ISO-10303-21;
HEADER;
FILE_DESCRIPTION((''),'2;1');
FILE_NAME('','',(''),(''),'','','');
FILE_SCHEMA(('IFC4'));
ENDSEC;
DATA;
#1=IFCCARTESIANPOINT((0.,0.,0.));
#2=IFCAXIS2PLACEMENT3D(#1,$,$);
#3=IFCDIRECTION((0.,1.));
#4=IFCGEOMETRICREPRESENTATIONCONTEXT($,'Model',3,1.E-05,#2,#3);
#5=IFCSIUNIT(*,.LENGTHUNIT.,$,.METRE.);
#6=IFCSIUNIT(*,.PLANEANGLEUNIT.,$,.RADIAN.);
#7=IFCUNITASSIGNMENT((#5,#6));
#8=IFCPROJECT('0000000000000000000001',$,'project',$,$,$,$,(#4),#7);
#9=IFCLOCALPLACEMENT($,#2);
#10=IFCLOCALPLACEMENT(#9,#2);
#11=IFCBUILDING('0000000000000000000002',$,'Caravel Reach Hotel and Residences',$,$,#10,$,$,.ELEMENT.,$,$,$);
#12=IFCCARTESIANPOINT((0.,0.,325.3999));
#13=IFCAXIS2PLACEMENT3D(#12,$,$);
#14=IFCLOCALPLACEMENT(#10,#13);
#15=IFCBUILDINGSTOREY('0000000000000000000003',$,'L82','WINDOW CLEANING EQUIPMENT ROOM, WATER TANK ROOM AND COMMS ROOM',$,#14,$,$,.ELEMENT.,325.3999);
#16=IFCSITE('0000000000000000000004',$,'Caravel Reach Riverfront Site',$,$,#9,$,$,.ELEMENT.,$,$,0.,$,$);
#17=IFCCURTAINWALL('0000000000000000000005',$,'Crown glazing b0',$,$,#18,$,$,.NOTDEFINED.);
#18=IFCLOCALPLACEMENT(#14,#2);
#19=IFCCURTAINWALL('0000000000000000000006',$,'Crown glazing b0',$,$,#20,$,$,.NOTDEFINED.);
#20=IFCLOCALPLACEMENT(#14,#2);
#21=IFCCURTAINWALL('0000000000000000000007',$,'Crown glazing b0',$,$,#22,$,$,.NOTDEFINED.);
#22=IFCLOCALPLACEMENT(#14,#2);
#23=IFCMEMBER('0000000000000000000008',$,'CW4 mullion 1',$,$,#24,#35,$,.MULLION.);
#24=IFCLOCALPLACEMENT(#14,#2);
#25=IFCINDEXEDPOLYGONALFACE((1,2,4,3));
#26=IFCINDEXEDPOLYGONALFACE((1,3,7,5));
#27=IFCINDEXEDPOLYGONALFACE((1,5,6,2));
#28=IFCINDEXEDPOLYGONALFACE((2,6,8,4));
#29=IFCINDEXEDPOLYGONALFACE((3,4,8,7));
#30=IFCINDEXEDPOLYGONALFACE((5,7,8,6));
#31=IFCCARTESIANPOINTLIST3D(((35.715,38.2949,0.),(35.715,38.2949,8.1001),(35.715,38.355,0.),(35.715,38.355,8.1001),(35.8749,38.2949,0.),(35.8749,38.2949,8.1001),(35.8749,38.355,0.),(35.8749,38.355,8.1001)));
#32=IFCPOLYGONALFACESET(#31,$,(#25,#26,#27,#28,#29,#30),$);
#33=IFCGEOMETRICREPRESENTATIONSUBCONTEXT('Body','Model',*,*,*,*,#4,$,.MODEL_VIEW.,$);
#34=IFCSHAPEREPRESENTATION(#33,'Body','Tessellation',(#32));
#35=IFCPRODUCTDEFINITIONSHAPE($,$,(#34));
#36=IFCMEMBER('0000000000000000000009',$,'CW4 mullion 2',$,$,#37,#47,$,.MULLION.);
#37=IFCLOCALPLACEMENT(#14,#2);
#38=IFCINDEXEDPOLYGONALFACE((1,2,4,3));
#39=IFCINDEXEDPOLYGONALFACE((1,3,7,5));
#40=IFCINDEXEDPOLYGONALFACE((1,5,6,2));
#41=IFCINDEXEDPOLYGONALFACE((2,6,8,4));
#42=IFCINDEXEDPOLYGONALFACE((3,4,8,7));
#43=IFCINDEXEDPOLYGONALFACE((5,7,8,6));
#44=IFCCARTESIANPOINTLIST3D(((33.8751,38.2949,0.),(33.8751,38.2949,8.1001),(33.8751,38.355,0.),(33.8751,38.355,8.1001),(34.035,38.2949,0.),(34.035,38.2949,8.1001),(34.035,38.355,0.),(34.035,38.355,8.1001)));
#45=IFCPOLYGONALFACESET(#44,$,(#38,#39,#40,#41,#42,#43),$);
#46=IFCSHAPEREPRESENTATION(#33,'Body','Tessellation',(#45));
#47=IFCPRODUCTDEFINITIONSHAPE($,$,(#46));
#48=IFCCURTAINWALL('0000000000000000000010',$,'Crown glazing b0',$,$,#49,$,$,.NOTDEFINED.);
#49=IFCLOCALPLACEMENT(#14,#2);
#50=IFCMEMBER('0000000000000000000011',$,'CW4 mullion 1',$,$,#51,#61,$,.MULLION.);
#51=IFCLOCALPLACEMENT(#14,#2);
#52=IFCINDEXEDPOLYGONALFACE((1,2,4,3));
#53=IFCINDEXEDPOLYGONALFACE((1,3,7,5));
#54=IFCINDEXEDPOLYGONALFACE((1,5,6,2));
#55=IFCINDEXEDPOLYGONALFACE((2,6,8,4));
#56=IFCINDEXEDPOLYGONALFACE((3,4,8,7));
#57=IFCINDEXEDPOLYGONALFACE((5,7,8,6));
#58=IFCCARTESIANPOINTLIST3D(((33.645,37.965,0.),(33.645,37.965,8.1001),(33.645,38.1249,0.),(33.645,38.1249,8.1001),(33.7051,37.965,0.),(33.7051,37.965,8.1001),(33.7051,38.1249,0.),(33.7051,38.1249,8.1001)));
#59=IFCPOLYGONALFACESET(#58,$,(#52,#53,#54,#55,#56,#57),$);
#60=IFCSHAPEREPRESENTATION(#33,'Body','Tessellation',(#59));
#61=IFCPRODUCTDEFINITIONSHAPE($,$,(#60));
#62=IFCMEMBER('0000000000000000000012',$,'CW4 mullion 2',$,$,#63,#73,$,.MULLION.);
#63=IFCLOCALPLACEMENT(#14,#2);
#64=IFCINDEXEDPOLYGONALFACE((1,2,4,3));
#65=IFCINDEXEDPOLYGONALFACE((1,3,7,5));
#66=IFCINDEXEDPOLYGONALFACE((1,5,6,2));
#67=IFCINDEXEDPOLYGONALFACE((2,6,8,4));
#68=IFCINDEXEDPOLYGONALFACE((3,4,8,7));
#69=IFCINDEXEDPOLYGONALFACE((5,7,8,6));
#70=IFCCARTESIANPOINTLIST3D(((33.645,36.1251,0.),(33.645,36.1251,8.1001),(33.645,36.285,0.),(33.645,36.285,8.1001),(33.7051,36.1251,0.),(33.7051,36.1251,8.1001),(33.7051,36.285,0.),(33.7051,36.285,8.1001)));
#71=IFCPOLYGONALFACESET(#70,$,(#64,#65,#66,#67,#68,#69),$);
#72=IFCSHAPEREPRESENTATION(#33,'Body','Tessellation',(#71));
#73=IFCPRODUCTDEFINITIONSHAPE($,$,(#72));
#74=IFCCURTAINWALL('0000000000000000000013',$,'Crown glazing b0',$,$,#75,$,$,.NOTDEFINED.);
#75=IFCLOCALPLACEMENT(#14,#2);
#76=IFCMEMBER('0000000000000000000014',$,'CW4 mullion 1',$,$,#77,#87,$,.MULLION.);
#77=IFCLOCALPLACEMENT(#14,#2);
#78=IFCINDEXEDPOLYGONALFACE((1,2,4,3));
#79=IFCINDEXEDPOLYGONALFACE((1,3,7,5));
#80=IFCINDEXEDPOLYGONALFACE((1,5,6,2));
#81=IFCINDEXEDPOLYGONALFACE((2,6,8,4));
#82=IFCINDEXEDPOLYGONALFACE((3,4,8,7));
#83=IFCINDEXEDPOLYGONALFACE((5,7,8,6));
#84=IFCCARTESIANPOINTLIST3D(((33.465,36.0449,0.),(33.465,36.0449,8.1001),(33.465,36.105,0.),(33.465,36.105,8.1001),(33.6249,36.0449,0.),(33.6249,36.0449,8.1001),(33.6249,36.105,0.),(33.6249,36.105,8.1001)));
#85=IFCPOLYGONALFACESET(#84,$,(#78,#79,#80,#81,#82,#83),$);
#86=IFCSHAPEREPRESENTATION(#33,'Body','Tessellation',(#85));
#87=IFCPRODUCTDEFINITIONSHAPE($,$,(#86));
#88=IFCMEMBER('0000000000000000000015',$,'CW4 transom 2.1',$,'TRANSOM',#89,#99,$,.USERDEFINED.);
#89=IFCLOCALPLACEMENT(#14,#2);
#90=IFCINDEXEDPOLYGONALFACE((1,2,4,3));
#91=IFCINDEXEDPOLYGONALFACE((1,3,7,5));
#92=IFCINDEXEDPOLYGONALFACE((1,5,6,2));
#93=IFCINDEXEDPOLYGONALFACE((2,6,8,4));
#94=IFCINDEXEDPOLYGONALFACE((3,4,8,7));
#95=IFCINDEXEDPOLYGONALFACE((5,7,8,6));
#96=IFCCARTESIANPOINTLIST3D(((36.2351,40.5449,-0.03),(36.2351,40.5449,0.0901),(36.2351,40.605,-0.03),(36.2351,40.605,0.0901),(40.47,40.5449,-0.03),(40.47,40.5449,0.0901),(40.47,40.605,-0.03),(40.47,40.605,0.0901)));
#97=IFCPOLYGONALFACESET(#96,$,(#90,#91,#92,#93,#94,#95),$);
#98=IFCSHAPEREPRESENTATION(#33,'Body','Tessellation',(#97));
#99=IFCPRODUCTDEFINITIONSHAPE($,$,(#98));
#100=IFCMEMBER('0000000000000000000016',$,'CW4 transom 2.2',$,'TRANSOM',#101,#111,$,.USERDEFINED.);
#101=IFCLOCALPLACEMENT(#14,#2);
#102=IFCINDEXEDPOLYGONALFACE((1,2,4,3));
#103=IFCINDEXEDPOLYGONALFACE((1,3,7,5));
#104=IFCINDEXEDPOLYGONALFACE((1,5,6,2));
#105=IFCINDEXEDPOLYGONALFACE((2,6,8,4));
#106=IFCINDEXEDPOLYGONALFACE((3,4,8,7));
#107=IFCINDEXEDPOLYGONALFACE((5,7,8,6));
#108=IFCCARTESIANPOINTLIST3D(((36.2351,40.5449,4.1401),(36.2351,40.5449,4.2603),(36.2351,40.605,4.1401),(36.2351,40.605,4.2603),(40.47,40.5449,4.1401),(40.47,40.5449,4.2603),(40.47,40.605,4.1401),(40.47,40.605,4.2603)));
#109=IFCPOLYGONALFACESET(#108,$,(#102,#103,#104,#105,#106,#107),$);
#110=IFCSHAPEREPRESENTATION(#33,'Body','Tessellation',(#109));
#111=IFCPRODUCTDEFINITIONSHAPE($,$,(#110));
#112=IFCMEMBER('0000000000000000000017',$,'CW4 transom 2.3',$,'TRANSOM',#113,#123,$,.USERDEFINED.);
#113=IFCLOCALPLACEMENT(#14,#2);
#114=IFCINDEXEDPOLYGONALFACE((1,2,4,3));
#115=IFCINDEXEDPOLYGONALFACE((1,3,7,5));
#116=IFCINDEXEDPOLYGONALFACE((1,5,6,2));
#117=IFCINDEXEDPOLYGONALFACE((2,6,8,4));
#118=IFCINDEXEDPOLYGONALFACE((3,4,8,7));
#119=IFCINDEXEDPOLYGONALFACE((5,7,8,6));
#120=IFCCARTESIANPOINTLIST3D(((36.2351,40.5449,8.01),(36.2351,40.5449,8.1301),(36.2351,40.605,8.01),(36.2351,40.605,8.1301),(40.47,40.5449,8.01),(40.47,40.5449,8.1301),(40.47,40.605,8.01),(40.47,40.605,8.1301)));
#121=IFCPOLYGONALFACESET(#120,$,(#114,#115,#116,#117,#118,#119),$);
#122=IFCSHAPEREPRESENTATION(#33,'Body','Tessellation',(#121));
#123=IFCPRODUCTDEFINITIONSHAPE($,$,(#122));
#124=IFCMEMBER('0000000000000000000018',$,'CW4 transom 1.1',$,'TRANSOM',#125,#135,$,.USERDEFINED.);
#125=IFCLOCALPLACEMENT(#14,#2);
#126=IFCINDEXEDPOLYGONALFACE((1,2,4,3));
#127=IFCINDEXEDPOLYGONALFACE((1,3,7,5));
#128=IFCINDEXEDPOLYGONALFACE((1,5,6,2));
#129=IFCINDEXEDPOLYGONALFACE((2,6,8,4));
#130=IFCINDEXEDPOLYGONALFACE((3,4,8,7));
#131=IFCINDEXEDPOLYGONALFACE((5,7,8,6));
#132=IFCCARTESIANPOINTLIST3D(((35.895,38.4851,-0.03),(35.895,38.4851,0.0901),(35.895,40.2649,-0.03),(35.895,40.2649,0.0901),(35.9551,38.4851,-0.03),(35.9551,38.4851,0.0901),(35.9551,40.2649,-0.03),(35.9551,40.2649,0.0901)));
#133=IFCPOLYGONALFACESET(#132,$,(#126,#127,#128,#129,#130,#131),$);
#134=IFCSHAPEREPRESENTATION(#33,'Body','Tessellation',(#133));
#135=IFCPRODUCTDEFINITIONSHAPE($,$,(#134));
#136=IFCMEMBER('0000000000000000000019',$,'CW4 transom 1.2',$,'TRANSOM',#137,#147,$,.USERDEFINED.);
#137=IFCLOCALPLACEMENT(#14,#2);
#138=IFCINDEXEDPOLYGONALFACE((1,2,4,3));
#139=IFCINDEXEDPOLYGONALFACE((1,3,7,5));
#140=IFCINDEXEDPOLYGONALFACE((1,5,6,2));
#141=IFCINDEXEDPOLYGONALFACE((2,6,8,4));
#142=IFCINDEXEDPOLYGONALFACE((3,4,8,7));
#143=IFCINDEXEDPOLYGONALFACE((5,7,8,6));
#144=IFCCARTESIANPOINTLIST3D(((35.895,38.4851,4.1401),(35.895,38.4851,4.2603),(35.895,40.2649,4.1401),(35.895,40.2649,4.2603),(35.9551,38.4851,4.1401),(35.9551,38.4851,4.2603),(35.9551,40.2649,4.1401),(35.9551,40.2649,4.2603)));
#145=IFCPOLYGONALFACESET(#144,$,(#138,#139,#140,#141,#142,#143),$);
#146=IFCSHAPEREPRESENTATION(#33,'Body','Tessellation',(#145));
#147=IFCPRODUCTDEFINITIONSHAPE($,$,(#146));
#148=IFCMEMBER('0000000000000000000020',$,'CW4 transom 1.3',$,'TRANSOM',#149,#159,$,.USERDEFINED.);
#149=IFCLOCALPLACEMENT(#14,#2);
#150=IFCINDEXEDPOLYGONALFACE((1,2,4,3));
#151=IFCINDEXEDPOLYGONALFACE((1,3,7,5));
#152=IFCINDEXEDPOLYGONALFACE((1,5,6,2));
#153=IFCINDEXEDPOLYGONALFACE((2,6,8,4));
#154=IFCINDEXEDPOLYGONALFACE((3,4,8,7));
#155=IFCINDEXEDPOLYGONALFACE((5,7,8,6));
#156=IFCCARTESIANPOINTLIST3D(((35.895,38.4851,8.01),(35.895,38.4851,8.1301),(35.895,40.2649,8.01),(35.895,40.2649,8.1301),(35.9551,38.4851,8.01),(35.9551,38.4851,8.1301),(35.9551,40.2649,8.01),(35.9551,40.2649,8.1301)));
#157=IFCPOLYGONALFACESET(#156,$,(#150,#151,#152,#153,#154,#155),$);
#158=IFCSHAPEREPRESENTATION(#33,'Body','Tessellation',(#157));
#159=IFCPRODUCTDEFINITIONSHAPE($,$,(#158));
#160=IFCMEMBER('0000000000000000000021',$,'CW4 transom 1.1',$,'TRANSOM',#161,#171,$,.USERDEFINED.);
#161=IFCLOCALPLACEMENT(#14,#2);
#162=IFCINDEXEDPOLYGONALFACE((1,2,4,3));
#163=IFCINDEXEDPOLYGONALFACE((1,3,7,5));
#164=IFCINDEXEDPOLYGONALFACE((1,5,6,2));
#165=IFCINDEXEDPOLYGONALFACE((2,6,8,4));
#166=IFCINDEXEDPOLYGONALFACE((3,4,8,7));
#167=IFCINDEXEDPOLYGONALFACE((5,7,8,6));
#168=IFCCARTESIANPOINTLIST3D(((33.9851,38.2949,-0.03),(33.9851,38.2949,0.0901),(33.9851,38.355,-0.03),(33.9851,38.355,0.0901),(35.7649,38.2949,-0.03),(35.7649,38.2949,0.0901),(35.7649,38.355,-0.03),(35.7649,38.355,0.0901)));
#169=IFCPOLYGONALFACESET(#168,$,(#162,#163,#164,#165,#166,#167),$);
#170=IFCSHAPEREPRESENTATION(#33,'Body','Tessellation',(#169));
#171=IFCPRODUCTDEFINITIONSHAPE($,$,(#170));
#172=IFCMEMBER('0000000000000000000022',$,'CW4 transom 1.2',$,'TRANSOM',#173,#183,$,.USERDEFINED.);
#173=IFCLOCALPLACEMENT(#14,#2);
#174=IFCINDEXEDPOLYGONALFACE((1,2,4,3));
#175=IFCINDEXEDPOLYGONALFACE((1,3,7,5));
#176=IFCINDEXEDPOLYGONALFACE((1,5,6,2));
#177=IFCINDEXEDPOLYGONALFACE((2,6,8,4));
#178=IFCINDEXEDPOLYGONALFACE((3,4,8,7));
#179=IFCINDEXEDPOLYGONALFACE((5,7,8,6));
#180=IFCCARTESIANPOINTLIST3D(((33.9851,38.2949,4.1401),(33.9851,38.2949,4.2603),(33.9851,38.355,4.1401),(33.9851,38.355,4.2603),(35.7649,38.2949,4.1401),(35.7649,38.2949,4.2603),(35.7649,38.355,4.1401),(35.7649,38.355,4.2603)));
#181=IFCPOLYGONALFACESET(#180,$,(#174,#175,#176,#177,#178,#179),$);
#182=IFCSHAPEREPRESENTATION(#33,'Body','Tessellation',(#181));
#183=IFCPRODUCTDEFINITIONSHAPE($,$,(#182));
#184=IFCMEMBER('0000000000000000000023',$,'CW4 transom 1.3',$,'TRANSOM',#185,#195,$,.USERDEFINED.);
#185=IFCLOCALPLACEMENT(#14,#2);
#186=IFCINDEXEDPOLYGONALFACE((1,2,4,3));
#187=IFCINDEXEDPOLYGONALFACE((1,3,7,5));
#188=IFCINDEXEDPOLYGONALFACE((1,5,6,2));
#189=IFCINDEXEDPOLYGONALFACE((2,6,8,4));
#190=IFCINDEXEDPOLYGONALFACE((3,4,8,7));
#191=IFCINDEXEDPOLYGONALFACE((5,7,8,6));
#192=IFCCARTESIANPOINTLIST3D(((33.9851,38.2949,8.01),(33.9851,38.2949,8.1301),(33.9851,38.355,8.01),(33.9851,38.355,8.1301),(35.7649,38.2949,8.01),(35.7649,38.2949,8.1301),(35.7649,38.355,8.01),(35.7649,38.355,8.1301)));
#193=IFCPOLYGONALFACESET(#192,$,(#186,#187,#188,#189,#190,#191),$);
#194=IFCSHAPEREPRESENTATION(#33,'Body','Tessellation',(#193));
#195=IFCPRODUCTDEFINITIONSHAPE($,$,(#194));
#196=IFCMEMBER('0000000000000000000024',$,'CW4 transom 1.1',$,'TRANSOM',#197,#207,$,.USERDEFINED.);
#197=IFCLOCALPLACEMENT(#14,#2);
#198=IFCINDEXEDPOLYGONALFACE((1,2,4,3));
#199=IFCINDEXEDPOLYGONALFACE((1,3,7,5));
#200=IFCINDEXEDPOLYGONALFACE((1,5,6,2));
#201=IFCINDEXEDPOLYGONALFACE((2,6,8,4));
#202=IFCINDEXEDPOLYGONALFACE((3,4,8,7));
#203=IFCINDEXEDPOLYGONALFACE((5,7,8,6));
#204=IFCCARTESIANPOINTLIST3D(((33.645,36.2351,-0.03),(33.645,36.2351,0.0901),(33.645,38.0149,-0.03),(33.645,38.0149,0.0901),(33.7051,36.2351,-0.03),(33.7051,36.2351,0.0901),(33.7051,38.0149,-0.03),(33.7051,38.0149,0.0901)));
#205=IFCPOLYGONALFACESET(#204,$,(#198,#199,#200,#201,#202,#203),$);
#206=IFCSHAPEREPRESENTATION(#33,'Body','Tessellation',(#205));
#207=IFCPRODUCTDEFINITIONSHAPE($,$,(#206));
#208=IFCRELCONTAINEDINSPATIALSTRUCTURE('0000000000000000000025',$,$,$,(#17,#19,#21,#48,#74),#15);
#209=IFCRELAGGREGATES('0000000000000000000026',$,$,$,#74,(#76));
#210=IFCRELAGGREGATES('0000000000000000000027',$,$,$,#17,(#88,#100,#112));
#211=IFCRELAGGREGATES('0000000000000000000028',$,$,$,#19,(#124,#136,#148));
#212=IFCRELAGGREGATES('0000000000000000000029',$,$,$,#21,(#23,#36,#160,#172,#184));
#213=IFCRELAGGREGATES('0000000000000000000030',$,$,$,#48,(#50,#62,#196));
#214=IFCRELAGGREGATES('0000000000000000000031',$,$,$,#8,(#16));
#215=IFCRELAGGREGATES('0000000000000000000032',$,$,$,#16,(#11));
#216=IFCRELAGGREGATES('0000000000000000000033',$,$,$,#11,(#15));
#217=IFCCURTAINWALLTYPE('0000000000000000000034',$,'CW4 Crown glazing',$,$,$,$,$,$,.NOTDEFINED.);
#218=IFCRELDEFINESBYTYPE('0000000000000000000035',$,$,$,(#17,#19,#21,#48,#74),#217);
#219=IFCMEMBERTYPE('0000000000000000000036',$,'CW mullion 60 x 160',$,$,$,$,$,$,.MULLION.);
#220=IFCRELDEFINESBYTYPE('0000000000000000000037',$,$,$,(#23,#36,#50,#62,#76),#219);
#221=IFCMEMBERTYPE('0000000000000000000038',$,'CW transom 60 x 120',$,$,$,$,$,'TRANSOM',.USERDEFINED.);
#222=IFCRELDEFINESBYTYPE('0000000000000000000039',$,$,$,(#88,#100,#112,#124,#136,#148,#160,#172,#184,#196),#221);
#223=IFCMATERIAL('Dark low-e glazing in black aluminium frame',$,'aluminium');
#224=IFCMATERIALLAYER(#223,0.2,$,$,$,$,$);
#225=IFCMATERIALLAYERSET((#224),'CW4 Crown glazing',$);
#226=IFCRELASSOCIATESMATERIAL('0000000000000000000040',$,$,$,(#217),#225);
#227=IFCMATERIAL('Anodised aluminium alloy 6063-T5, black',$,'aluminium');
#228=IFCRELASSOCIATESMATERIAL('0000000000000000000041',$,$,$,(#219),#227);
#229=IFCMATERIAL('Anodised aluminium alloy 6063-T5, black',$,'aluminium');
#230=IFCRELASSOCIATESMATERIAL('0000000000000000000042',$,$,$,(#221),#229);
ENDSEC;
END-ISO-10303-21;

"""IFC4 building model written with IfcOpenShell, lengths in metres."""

from ifc_helpers import new_model, si_unit, direction, frame, origin, origin_2d, place, context, subcontext, project, spatial, rectangle, extrude, material, layer, layer_set, material_profile, profile_set, type_object, element, aggregate, save


model = new_model("IFC4")

# Units and contexts
model_context = context("Model", 3, precision=1e-05, world=origin(), true_north=direction((0.0, 1.0)))
body_context = subcontext(model_context, "Body", "Model", "MODEL_VIEW")
ifc_project = project(units=[si_unit("LENGTHUNIT", "METRE"), si_unit("PLANEANGLEUNIT", "RADIAN")], contexts=[model_context])

# Site, building, storey
site_placement = place(None, origin())
site = spatial("IfcSite", under=ifc_project, at=site_placement, Name="Caravel Reach Riverfront Site", CompositionType="ELEMENT", RefElevation=0.0)
building_placement = place(site_placement, origin())
building = spatial("IfcBuilding", under=site, at=building_placement, Name="Caravel Reach Hotel and Residences", CompositionType="ELEMENT")
storey_placement = place(building_placement, frame((0.0, 0.0, 325.3999)))
storey = spatial("IfcBuildingStorey", under=building, at=storey_placement, Name="L82", Description="WINDOW CLEANING EQUIPMENT ROOM, WATER TANK ROOM AND COMMS ROOM", CompositionType="ELEMENT", Elevation=325.3999)

# Curtain walls, members
ifc_material_1 = material(Name="Dark low-e glazing in black aluminium frame", Category="aluminium")
ifc_layer_1 = layer(ifc_material_1, 0.2)
ifc_layer_set_1 = layer_set([ifc_layer_1], Name="CW4 Crown glazing")
curtain_wall_type = type_object("IfcCurtainWallType", Name="CW4 Crown glazing", PredefinedType="NOTDEFINED", material=ifc_layer_set_1)
curtain_wall_1_placement = place(storey_placement, origin())
curtain_wall_1 = element("IfcCurtainWall", 1, at=curtain_wall_1_placement, inside=storey, type_object=curtain_wall_type, Name="Crown glazing b0", PredefinedType="NOTDEFINED")
ifc_material_2 = material(Name="Anodised aluminium alloy 6063-T5, black", Category="aluminium")
ifc_material_profile_1 = material_profile(ifc_material_2, rectangle(XDim=0.0601, YDim=0.1599, at=origin_2d()), Name="CW mullion 60 x 160")
ifc_profile_set_1 = profile_set([ifc_material_profile_1], Name="Anodised aluminium alloy 6063-T5, black")
member_type_1 = type_object("IfcMemberType", Name="CW mullion 60 x 160", PredefinedType="MULLION", material=ifc_profile_set_1)
curtain_wall_2_placement = place(storey_placement, origin())
curtain_wall_2 = element("IfcCurtainWall", 2, at=curtain_wall_2_placement, inside=storey, type_object=curtain_wall_type, Name="Crown glazing b0", PredefinedType="NOTDEFINED")
curtain_wall_3_placement = place(storey_placement, origin())
curtain_wall_3 = element("IfcCurtainWall", 3, at=curtain_wall_3_placement, inside=storey, type_object=curtain_wall_type, Name="Crown glazing b0", PredefinedType="NOTDEFINED")
member_1_placement = place(storey_placement, frame((35.7949, 38.325, 0.0), z_axis=(0.0, 0.0, 1.0), x_axis=(0.0, -1.0, 0.0)))
member_1 = element("IfcMember", 4, at=member_1_placement, type_object=member_type_1, Name="CW4 mullion 1", PredefinedType="MULLION", context=body_context, shape_type="SweptSolid", body=[
    extrude(rectangle(XDim=0.0601, YDim=0.1599, at=origin_2d()), origin(), (0.0, 0.0, 1.0), 8.1001),
])
member_2_placement = place(storey_placement, frame((33.9551, 38.325, 0.0), z_axis=(0.0, 0.0, 1.0), x_axis=(0.0, -1.0, 0.0)))
member_2 = element("IfcMember", 5, at=member_2_placement, type_object=member_type_1, Name="CW4 mullion 2", PredefinedType="MULLION", context=body_context, shape_type="SweptSolid", body=[
    extrude(rectangle(XDim=0.0601, YDim=0.1599, at=origin_2d()), origin(), (0.0, 0.0, 1.0), 8.1001),
])
curtain_wall_4_placement = place(storey_placement, origin())
curtain_wall_4 = element("IfcCurtainWall", 6, at=curtain_wall_4_placement, inside=storey, type_object=curtain_wall_type, Name="Crown glazing b0", PredefinedType="NOTDEFINED")
member_3_placement = place(storey_placement, frame((33.675, 38.0449, 0.0), z_axis=(0.0, 0.0, 1.0), x_axis=(1.0, 0.0, 0.0)))
member_3 = element("IfcMember", 7, at=member_3_placement, type_object=member_type_1, Name="CW4 mullion 1", PredefinedType="MULLION", context=body_context, shape_type="SweptSolid", body=[
    extrude(rectangle(XDim=0.0601, YDim=0.1599, at=origin_2d()), origin(), (0.0, 0.0, 1.0), 8.1001),
])
member_4_placement = place(storey_placement, frame((33.675, 36.2051, 0.0), z_axis=(0.0, 0.0, 1.0), x_axis=(1.0, 0.0, 0.0)))
member_4 = element("IfcMember", 8, at=member_4_placement, type_object=member_type_1, Name="CW4 mullion 2", PredefinedType="MULLION", context=body_context, shape_type="SweptSolid", body=[
    extrude(rectangle(XDim=0.0601, YDim=0.1599, at=origin_2d()), origin(), (0.0, 0.0, 1.0), 8.1001),
])

# Curtain wall, member
curtain_wall_5_placement = place(storey_placement, origin())
curtain_wall_5 = element("IfcCurtainWall", 9, at=curtain_wall_5_placement, inside=storey, type_object=curtain_wall_type, Name="Crown glazing b0", PredefinedType="NOTDEFINED")
member_5_placement = place(storey_placement, frame((33.5449, 36.075, 0.0), z_axis=(0.0, 0.0, 1.0), x_axis=(0.0, -1.0, 0.0)))
member_5 = element("IfcMember", 10, at=member_5_placement, type_object=member_type_1, Name="CW4 mullion 1", PredefinedType="MULLION", context=body_context, shape_type="SweptSolid", body=[
    extrude(rectangle(XDim=0.0601, YDim=0.1599, at=origin_2d()), origin(), (0.0, 0.0, 1.0), 8.1001),
])

# Members
ifc_material_3 = material(Name="Anodised aluminium alloy 6063-T5, black", Category="aluminium")
ifc_material_profile_2 = material_profile(ifc_material_3, rectangle(XDim=0.0601, YDim=0.1201, at=origin_2d()), Name="CW transom 60 x 120")
ifc_profile_set_2 = profile_set([ifc_material_profile_2], Name="Anodised aluminium alloy 6063-T5, black")
member_type_2 = type_object("IfcMemberType", Name="CW transom 60 x 120", ElementType="TRANSOM", PredefinedType="USERDEFINED", material=ifc_profile_set_2)
member_6_placement = place(storey_placement, frame((40.47, 40.575, 0.03), z_axis=(-1.0, 0.0, 0.0), x_axis=(0.0, -1.0, 0.0)))
member_6 = element("IfcMember", 11, at=member_6_placement, type_object=member_type_2, Name="CW4 transom 2.1", ObjectType="TRANSOM", PredefinedType="USERDEFINED", context=body_context, shape_type="SweptSolid", body=[
    extrude(rectangle(XDim=0.0601, YDim=0.1201, at=origin_2d()), origin(), (0.0, 0.0, 1.0), 4.2349),
])
member_7_placement = place(storey_placement, frame((40.47, 40.575, 4.2002), z_axis=(-1.0, 0.0, 0.0), x_axis=(0.0, -1.0, 0.0)))
member_7 = element("IfcMember", 12, at=member_7_placement, type_object=member_type_2, Name="CW4 transom 2.2", ObjectType="TRANSOM", PredefinedType="USERDEFINED", context=body_context, shape_type="SweptSolid", body=[
    extrude(rectangle(XDim=0.0601, YDim=0.1201, at=origin_2d()), origin(), (0.0, 0.0, 1.0), 4.2349),
])
member_8_placement = place(storey_placement, frame((40.47, 40.575, 8.0701), z_axis=(-1.0, 0.0, 0.0), x_axis=(0.0, -1.0, 0.0)))
member_8 = element("IfcMember", 13, at=member_8_placement, type_object=member_type_2, Name="CW4 transom 2.3", ObjectType="TRANSOM", PredefinedType="USERDEFINED", context=body_context, shape_type="SweptSolid", body=[
    extrude(rectangle(XDim=0.0601, YDim=0.1201, at=origin_2d()), origin(), (0.0, 0.0, 1.0), 4.2349),
])
member_9_placement = place(storey_placement, frame((35.925, 40.2649, 0.03), z_axis=(0.0, -1.0, 0.0), x_axis=(1.0, 0.0, 0.0)))
member_9 = element("IfcMember", 14, at=member_9_placement, type_object=member_type_2, Name="CW4 transom 1.1", ObjectType="TRANSOM", PredefinedType="USERDEFINED", context=body_context, shape_type="SweptSolid", body=[
    extrude(rectangle(XDim=0.0601, YDim=0.1201, at=origin_2d()), origin(), (0.0, 0.0, 1.0), 1.7798),
])
member_10_placement = place(storey_placement, frame((35.925, 40.2649, 4.2002), z_axis=(0.0, -1.0, 0.0), x_axis=(1.0, 0.0, 0.0)))
member_10 = element("IfcMember", 15, at=member_10_placement, type_object=member_type_2, Name="CW4 transom 1.2", ObjectType="TRANSOM", PredefinedType="USERDEFINED", context=body_context, shape_type="SweptSolid", body=[
    extrude(rectangle(XDim=0.0601, YDim=0.1201, at=origin_2d()), origin(), (0.0, 0.0, 1.0), 1.7798),
])
member_11_placement = place(storey_placement, frame((35.925, 40.2649, 8.0701), z_axis=(0.0, -1.0, 0.0), x_axis=(1.0, 0.0, 0.0)))
member_11 = element("IfcMember", 16, at=member_11_placement, type_object=member_type_2, Name="CW4 transom 1.3", ObjectType="TRANSOM", PredefinedType="USERDEFINED", context=body_context, shape_type="SweptSolid", body=[
    extrude(rectangle(XDim=0.0601, YDim=0.1201, at=origin_2d()), origin(), (0.0, 0.0, 1.0), 1.7798),
])
member_12_placement = place(storey_placement, frame((35.7649, 38.325, 0.03), z_axis=(-1.0, 0.0, 0.0), x_axis=(0.0, -1.0, 0.0)))
member_12 = element("IfcMember", 17, at=member_12_placement, type_object=member_type_2, Name="CW4 transom 1.1", ObjectType="TRANSOM", PredefinedType="USERDEFINED", context=body_context, shape_type="SweptSolid", body=[
    extrude(rectangle(XDim=0.0601, YDim=0.1201, at=origin_2d()), origin(), (0.0, 0.0, 1.0), 1.7798),
])
member_13_placement = place(storey_placement, frame((35.7649, 38.325, 4.2002), z_axis=(-1.0, 0.0, 0.0), x_axis=(0.0, -1.0, 0.0)))
member_13 = element("IfcMember", 18, at=member_13_placement, type_object=member_type_2, Name="CW4 transom 1.2", ObjectType="TRANSOM", PredefinedType="USERDEFINED", context=body_context, shape_type="SweptSolid", body=[
    extrude(rectangle(XDim=0.0601, YDim=0.1201, at=origin_2d()), origin(), (0.0, 0.0, 1.0), 1.7798),
])
member_14_placement = place(storey_placement, frame((35.7649, 38.325, 8.0701), z_axis=(-1.0, 0.0, 0.0), x_axis=(0.0, -1.0, 0.0)))
member_14 = element("IfcMember", 19, at=member_14_placement, type_object=member_type_2, Name="CW4 transom 1.3", ObjectType="TRANSOM", PredefinedType="USERDEFINED", context=body_context, shape_type="SweptSolid", body=[
    extrude(rectangle(XDim=0.0601, YDim=0.1201, at=origin_2d()), origin(), (0.0, 0.0, 1.0), 1.7798),
])
member_15_placement = place(storey_placement, frame((33.675, 38.0149, 0.03), z_axis=(0.0, -1.0, 0.0), x_axis=(1.0, 0.0, 0.0)))
member_15 = element("IfcMember", 20, at=member_15_placement, type_object=member_type_2, Name="CW4 transom 1.1", ObjectType="TRANSOM", PredefinedType="USERDEFINED", context=body_context, shape_type="SweptSolid", body=[
    extrude(rectangle(XDim=0.0601, YDim=0.1201, at=origin_2d()), origin(), (0.0, 0.0, 1.0), 1.7798),
])
aggregate(curtain_wall_5, [member_5])

aggregate(curtain_wall_1, [member_6, member_7, member_8])
aggregate(curtain_wall_2, [member_9, member_10, member_11])
aggregate(curtain_wall_3, [member_1, member_2, member_12, member_13, member_14])
aggregate(curtain_wall_4, [member_3, member_4, member_15])

save(model, "model.ifc")
